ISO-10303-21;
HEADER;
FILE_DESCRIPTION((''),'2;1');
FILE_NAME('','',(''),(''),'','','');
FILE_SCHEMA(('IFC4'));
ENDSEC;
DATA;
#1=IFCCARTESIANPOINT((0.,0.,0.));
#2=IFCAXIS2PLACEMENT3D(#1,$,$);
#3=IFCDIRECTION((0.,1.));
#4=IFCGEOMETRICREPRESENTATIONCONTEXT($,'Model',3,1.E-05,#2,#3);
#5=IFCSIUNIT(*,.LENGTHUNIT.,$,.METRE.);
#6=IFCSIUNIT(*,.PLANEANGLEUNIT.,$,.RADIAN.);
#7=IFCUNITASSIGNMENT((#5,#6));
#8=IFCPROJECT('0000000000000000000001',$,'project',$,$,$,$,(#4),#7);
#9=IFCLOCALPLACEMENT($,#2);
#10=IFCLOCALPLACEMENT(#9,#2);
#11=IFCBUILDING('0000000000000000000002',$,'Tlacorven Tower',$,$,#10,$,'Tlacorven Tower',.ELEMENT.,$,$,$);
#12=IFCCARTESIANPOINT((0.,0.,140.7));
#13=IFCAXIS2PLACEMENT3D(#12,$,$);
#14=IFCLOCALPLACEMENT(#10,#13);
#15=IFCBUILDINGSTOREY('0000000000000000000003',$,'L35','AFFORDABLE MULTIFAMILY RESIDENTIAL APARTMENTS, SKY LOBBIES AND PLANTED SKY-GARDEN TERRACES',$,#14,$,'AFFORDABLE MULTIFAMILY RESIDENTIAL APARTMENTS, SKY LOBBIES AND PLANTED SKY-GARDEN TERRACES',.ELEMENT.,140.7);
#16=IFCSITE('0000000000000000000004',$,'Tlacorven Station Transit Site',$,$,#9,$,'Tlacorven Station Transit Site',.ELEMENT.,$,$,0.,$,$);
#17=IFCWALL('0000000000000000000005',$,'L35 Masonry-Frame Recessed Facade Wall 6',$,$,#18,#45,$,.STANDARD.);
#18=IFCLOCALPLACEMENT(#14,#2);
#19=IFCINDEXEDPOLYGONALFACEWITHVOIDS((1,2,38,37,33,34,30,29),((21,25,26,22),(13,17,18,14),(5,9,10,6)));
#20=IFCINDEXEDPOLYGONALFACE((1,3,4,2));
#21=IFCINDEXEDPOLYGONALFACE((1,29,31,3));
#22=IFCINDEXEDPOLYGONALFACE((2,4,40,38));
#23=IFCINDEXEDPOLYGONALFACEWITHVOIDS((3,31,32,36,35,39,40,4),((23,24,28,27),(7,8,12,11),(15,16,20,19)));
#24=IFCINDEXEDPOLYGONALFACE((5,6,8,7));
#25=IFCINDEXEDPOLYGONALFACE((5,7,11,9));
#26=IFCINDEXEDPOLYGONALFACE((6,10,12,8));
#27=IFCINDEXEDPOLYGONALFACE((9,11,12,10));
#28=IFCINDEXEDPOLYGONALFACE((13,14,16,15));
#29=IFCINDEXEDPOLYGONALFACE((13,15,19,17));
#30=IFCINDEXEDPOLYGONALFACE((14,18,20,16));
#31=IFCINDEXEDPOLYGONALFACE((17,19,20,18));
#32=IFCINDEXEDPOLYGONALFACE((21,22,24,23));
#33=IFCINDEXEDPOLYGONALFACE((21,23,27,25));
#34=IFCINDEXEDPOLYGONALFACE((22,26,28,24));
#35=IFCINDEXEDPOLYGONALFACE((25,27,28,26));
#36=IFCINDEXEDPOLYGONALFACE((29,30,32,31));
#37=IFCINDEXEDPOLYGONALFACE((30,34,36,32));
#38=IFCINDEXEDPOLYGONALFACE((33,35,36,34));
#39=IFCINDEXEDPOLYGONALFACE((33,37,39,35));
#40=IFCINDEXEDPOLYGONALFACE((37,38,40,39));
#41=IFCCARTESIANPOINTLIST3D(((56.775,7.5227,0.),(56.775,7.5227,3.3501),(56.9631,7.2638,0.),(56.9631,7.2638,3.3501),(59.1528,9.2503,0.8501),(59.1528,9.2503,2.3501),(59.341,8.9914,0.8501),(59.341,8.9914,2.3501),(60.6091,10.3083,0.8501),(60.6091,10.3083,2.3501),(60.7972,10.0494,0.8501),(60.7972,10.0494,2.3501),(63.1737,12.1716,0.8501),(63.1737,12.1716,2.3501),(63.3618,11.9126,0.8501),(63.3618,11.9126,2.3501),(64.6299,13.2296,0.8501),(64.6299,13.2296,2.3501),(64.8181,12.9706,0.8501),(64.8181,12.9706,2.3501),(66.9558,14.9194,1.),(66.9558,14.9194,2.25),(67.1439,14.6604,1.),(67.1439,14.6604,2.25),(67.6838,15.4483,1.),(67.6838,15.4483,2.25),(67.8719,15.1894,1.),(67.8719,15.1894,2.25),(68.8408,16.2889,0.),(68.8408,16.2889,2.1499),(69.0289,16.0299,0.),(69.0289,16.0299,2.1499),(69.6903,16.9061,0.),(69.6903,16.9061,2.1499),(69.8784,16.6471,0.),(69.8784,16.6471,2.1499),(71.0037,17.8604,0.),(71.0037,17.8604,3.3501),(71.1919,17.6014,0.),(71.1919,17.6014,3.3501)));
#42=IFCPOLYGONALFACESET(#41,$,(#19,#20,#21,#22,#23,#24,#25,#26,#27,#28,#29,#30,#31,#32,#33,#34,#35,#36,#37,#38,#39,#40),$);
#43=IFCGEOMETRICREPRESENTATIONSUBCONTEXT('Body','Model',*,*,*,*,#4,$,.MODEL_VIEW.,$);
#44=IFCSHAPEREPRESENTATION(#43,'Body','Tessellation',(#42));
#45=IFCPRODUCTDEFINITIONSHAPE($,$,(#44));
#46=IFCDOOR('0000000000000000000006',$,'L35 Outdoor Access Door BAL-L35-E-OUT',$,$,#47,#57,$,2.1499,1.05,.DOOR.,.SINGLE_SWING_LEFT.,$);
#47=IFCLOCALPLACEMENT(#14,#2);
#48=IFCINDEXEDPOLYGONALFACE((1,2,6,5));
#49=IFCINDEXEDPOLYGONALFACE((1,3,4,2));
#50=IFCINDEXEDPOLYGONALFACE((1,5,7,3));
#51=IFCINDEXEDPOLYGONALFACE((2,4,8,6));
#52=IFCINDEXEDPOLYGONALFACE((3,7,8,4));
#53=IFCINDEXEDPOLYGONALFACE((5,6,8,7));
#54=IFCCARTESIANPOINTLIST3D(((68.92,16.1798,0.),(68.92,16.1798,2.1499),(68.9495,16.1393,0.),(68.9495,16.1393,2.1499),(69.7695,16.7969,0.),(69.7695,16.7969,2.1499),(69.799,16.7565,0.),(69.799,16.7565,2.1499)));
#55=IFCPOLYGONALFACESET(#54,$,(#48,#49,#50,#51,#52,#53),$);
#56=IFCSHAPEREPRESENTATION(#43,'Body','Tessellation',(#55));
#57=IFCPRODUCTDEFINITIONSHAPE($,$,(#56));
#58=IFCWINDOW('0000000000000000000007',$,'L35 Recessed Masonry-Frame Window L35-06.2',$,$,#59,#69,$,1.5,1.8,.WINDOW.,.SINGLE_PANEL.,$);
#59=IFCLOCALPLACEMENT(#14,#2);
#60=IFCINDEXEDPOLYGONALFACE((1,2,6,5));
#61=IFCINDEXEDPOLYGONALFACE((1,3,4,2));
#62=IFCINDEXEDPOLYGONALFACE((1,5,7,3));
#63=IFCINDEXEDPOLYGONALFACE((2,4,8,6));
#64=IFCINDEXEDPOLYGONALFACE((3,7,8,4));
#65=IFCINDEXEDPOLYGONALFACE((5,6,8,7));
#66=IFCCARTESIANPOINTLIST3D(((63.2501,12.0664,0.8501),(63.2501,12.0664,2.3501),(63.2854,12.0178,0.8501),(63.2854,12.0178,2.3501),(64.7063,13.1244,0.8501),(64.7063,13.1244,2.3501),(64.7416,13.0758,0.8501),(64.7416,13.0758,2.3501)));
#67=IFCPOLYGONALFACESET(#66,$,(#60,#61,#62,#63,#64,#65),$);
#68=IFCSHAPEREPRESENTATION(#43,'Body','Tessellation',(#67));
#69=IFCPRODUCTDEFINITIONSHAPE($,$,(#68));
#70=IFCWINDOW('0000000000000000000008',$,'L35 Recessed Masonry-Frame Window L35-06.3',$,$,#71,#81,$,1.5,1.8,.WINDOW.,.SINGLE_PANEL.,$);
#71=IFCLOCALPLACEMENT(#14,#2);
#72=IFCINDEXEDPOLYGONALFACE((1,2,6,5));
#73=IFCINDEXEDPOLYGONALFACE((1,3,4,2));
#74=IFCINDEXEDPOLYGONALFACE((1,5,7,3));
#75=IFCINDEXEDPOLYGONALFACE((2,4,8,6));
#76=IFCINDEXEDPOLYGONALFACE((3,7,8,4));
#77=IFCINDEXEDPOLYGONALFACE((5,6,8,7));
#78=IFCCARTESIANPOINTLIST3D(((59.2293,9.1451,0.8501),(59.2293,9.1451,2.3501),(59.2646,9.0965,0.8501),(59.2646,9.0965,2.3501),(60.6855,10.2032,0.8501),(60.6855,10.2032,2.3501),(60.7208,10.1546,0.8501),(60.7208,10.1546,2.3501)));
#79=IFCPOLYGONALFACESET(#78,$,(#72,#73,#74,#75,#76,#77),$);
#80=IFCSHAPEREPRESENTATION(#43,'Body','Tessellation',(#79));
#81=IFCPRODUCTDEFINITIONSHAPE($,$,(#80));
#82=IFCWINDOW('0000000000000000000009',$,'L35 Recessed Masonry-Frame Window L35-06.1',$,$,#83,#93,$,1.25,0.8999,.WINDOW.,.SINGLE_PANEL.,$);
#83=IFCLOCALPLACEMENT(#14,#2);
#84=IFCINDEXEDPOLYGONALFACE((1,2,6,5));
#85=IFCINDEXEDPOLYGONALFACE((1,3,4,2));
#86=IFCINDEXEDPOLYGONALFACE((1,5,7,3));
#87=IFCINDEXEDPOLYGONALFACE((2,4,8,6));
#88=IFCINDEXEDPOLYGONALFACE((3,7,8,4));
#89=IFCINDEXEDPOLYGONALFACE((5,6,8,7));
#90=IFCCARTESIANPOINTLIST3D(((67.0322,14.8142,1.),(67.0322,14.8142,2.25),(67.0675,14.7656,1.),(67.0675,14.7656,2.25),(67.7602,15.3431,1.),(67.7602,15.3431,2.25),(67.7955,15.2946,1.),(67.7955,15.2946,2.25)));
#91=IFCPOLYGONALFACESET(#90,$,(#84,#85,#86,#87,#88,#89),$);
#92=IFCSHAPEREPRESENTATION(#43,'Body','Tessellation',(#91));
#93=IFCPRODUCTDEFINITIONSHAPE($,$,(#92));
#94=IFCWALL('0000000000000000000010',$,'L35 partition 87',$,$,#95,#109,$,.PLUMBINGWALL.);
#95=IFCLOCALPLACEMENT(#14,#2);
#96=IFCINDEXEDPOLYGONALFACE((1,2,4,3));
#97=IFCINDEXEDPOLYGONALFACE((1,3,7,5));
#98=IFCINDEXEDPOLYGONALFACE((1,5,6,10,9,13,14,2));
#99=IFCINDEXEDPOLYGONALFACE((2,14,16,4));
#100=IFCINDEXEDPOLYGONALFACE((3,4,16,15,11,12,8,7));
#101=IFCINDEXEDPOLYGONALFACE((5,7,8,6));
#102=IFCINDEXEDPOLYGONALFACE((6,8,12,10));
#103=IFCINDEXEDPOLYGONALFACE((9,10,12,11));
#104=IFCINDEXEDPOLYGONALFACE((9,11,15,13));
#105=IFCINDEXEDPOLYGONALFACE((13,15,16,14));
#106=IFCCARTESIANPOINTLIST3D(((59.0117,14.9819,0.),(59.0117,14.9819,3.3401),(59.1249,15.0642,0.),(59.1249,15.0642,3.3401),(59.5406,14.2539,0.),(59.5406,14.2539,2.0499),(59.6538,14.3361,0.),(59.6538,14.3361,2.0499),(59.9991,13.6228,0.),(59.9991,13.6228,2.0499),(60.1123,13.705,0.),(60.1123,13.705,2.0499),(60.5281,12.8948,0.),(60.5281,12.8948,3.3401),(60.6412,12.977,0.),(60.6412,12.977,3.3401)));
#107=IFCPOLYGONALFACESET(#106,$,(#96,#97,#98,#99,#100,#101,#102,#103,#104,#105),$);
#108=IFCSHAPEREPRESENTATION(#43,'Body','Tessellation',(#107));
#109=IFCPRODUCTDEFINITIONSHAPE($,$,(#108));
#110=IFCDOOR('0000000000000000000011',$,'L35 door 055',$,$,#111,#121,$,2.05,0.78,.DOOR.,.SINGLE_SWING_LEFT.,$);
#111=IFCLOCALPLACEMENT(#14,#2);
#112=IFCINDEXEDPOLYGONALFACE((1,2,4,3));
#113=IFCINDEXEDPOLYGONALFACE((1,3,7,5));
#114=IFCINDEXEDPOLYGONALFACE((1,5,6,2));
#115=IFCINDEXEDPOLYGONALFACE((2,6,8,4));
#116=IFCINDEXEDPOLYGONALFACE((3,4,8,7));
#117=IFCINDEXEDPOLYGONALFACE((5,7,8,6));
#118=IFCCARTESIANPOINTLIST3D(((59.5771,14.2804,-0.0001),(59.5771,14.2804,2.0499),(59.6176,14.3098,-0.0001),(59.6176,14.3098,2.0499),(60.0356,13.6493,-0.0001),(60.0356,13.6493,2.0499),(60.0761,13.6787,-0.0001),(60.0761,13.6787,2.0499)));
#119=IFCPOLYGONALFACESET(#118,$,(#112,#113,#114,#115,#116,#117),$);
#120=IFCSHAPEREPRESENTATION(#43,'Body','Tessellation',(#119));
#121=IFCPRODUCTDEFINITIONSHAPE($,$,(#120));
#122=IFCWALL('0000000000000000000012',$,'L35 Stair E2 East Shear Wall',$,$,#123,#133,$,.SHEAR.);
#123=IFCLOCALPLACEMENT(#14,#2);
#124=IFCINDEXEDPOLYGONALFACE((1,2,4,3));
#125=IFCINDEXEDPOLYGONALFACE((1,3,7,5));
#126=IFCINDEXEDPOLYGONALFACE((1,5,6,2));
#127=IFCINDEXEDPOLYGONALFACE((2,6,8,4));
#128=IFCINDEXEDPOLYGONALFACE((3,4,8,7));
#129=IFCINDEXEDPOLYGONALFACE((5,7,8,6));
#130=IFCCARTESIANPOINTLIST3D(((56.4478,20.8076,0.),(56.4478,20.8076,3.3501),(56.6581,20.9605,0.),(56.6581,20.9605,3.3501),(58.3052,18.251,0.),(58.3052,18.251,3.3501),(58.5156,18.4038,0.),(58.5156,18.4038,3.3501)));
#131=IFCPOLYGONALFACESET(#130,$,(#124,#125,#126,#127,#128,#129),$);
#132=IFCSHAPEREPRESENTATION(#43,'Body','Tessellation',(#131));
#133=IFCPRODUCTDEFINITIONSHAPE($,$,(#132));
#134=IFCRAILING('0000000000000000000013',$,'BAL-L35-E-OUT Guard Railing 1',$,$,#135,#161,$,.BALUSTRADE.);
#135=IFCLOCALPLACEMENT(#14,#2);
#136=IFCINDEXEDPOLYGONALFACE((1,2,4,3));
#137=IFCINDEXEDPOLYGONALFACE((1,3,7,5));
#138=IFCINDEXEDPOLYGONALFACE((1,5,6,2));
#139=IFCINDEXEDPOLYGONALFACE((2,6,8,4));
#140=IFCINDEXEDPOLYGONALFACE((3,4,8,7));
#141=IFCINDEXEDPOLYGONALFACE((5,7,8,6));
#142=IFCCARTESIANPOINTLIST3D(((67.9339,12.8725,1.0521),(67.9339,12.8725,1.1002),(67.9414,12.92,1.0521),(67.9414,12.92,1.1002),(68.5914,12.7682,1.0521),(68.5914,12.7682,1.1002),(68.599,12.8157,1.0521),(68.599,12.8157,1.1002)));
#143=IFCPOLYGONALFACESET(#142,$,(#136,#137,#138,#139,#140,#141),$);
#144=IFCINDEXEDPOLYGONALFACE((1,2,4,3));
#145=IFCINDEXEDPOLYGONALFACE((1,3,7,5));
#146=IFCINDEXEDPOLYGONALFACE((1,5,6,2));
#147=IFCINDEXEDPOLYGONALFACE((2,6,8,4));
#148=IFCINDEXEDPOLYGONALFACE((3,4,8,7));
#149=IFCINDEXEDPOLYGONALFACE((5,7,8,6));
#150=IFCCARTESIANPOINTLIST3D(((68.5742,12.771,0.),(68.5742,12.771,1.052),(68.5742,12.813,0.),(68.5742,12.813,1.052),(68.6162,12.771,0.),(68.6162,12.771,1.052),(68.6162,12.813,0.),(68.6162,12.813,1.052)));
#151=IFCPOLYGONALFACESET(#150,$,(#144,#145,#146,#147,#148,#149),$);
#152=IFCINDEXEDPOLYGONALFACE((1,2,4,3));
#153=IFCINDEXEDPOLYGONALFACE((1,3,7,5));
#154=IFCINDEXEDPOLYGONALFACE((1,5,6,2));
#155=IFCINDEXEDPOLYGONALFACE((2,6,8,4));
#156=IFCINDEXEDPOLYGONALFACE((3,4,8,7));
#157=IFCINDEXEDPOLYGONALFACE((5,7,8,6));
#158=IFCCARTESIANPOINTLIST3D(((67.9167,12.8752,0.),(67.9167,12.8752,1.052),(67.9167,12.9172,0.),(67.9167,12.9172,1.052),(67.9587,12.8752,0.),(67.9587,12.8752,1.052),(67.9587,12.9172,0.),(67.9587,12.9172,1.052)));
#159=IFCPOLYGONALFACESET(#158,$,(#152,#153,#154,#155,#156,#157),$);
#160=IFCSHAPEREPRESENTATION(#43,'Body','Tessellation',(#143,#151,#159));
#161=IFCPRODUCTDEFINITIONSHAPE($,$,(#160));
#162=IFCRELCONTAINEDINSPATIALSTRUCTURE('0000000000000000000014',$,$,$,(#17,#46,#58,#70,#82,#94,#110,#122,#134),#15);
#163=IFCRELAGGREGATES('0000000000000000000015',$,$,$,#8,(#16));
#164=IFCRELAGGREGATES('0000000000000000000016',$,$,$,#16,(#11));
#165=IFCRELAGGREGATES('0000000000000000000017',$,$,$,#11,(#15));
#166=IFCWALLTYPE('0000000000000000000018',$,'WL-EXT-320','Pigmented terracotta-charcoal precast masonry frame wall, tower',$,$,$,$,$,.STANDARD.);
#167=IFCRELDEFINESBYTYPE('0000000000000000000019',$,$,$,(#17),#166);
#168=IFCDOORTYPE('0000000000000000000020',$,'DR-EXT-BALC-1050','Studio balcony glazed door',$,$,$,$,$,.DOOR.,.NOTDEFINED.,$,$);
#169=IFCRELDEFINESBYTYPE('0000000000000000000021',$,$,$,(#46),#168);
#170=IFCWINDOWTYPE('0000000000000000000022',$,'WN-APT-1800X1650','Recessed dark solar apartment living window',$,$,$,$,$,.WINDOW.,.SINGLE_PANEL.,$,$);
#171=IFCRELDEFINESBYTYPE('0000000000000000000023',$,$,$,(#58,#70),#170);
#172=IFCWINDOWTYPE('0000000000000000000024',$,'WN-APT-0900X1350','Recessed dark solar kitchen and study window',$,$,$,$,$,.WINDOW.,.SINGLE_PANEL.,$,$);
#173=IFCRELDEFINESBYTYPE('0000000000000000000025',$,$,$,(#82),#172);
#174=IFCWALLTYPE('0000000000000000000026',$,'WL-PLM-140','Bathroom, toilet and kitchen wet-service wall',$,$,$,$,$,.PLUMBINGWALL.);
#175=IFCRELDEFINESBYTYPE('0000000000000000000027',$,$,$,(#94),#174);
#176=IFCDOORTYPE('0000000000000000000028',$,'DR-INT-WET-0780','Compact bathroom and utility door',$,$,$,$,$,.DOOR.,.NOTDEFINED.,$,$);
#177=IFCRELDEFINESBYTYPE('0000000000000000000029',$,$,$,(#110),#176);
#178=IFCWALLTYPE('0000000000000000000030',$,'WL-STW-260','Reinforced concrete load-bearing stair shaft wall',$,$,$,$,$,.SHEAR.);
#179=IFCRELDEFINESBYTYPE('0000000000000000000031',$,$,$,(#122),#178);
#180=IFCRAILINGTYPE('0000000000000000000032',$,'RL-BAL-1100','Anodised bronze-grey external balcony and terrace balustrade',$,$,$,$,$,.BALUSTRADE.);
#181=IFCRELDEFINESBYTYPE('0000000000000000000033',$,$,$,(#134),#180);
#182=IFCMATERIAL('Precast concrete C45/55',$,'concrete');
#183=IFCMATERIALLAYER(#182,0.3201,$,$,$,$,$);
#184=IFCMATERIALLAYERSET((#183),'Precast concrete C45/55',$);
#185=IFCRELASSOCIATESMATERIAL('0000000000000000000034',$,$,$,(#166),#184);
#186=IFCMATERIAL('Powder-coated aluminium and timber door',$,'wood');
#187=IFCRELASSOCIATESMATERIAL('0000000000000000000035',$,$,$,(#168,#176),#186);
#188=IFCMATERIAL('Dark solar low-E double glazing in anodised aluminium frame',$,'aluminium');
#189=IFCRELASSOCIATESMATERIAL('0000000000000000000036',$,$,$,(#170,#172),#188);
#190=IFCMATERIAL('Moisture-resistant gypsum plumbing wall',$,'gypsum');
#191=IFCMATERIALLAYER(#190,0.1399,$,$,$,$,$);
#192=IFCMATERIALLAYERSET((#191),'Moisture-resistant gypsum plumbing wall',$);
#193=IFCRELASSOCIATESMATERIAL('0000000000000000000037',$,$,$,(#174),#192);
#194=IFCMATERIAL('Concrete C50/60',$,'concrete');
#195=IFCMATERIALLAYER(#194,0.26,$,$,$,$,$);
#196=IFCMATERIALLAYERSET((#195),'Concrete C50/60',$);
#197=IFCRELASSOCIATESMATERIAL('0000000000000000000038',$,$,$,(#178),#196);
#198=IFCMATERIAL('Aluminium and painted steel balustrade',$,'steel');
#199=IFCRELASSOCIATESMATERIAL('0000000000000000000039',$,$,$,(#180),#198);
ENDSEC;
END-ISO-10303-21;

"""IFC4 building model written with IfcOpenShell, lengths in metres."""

from ifc_helpers import new_model, si_unit, direction, frame, frame_2d, origin, origin_2d, place, context, subcontext, project, spatial, rectangle, extrude, source, transform, mapped, material, layer, layer_set, type_object, element, fill, save


model = new_model("IFC4")

# Units and contexts
model_context = context("Model", 3, precision=1e-05, world=origin(), true_north=direction((0.0, 1.0)))
body_context = subcontext(model_context, "Body", "Model", "MODEL_VIEW")
ifc_project = project(units=[si_unit("LENGTHUNIT", "METRE"), si_unit("PLANEANGLEUNIT", "RADIAN")], contexts=[model_context])

# Site, building, storey
site_placement = place(None, origin())
site = spatial("IfcSite", under=ifc_project, at=site_placement, Name="Tlacorven Station Transit Site", LongName="Tlacorven Station Transit Site", CompositionType="ELEMENT", RefElevation=0.0)
building_placement = place(site_placement, origin())
building = spatial("IfcBuilding", under=site, at=building_placement, Name="Tlacorven Tower", LongName="Tlacorven Tower", CompositionType="ELEMENT")
storey_placement = place(building_placement, frame((0.0, 0.0, 140.7)))
storey = spatial("IfcBuildingStorey", under=building, at=storey_placement, Name="L35", Description="AFFORDABLE MULTIFAMILY RESIDENTIAL APARTMENTS, SKY LOBBIES AND PLANTED SKY-GARDEN TERRACES", LongName="AFFORDABLE MULTIFAMILY RESIDENTIAL APARTMENTS, SKY LOBBIES AND PLANTED SKY-GARDEN TERRACES", CompositionType="ELEMENT", Elevation=140.7)

# Wall, openings, door, windows
ifc_material_1 = material(Name="Precast concrete C45/55", Category="concrete")
ifc_layer_1 = layer(ifc_material_1, 0.3201)
ifc_layer_set_1 = layer_set([ifc_layer_1], Name="Precast concrete C45/55")
wall_type_1 = type_object("IfcWallType", Name="WL-EXT-320", Description="Pigmented terracotta-charcoal precast masonry frame wall, tower", PredefinedType="STANDARD", material=ifc_layer_set_1)
wall_1_placement = place(storey_placement, frame((71.0979, 17.731, 0.0), z_axis=(0.0, 0.0, 1.0), x_axis=(-0.809021, -0.58778, 0.0)))
wall_1 = element("IfcWall", 1, at=wall_1_placement, inside=storey, type_object=wall_type_1, Name="L35 Masonry-Frame Recessed Facade Wall 6", PredefinedType="STANDARD", context=body_context, shape_type="SweptSolid", body=[
    extrude(rectangle(XDim=17.5876, YDim=0.3201, at=frame_2d((8.7939, 0.0))), origin(), (0.0, 0.0, 1.0), 3.3501),
])
opening_1_placement = place(wall_1_placement, frame((1.6238, 0.0, 0.0)))
opening_1 = element("IfcOpeningElement", 2, at=opening_1_placement, cuts=wall_1, PredefinedType="OPENING", context=body_context, shape_type="SweptSolid", body=[
    extrude(rectangle(XDim=1.05, YDim=2.1499, at=frame_2d((0.5249, 1.075))), frame((0.0, 0.1699, 0.0), z_axis=(0.0, -1.0, 0.0), x_axis=(1.0, 0.0, 0.0)), (0.0, 0.0, 1.0), 0.3401),
])
opening_2_placement = place(wall_1_placement, frame((4.1038, 0.0, 1.0)))
opening_2 = element("IfcOpeningElement", 3, at=opening_2_placement, cuts=wall_1, PredefinedType="OPENING", context=body_context, shape_type="SweptSolid", body=[
    extrude(rectangle(XDim=0.8999, YDim=1.25, at=frame_2d((0.45, 0.625))), frame((0.0, 0.1699, 0.0), z_axis=(0.0, -1.0, 0.0), x_axis=(1.0, 0.0, 0.0)), (0.0, 0.0, 1.0), 0.3401),
])
opening_3_placement = place(wall_1_placement, frame((7.8787, 0.0, 0.8501)))
opening_3 = element("IfcOpeningElement", 4, at=opening_3_placement, cuts=wall_1, PredefinedType="OPENING", context=body_context, shape_type="SweptSolid", body=[
    extrude(rectangle(XDim=1.8, YDim=1.5, at=frame_2d((0.8999, 0.75))), frame((0.0, 0.1699, 0.0), z_axis=(0.0, -1.0, 0.0), x_axis=(1.0, 0.0, 0.0)), (0.0, 0.0, 1.0), 0.3401),
])
opening_4_placement = place(wall_1_placement, frame((12.8486, 0.0, 0.8501)))
opening_4 = element("IfcOpeningElement", 5, at=opening_4_placement, cuts=wall_1, PredefinedType="OPENING", context=body_context, shape_type="SweptSolid", body=[
    extrude(rectangle(XDim=1.8, YDim=1.5, at=frame_2d((0.8999, 0.75))), frame((0.0, 0.1699, 0.0), z_axis=(0.0, -1.0, 0.0), x_axis=(1.0, 0.0, 0.0)), (0.0, 0.0, 1.0), 0.3401),
])
ifc_material_2 = material(Name="Powder-coated aluminium and timber door", Category="wood")
door_type_1 = type_object("IfcDoorType", Name="DR-EXT-BALC-1050", Description="Studio balcony glazed door", OperationType="NOTDEFINED", PredefinedType="DOOR", material=ifc_material_2)
shared_shape_1 = source(origin(), body_context, "Body", "SweptSolid", [
    extrude(rectangle(XDim=1.05, YDim=2.1499, at=frame_2d((0.5249, 1.075))), frame((0.0, 0.0249, 0.0), z_axis=(0.0, -1.0, 0.0), x_axis=(1.0, 0.0, 0.0)), (0.0, 0.0, 1.0), 0.05),
])
door_1_placement = place(opening_1_placement, origin())
door_1 = element("IfcDoor", 6, at=door_1_placement, inside=storey, type_object=door_type_1, Name="L35 Outdoor Access Door BAL-L35-E-OUT", OperationType="SINGLE_SWING_LEFT", OverallHeight=2.1499, OverallWidth=1.05, PredefinedType="DOOR", context=body_context, shape_type="MappedRepresentation", body=[
    mapped(shared_shape_1, transform((0.0, 0.0, 0.0), scale=1.0)),
])
fill(opening_1, door_1)
ifc_material_3 = material(Name="Dark solar low-E double glazing in anodised aluminium frame", Category="aluminium")
window_type_1 = type_object("IfcWindowType", Name="WN-APT-1800X1650", Description="Recessed dark solar apartment living window", PartitioningType="SINGLE_PANEL", PredefinedType="WINDOW", material=ifc_material_3)
shared_shape_2 = source(origin(), body_context, "Body", "SweptSolid", [
    extrude(rectangle(XDim=1.8, YDim=1.5, at=frame_2d((0.8999, 0.75))), frame((0.0, 0.03, 0.0), z_axis=(0.0, -1.0, 0.0), x_axis=(1.0, 0.0, 0.0)), (0.0, 0.0, 1.0), 0.0601),
])
window_1_placement = place(opening_3_placement, origin())
window_1 = element("IfcWindow", 7, at=window_1_placement, inside=storey, type_object=window_type_1, Name="L35 Recessed Masonry-Frame Window L35-06.2", OverallHeight=1.5, OverallWidth=1.8, PartitioningType="SINGLE_PANEL", PredefinedType="WINDOW", context=body_context, shape_type="MappedRepresentation", body=[
    mapped(shared_shape_2, transform((0.0, 0.0, 0.0), scale=1.0)),
])
fill(opening_3, window_1)
window_2_placement = place(opening_4_placement, origin())
window_2 = element("IfcWindow", 8, at=window_2_placement, inside=storey, type_object=window_type_1, Name="L35 Recessed Masonry-Frame Window L35-06.3", OverallHeight=1.5, OverallWidth=1.8, PartitioningType="SINGLE_PANEL", PredefinedType="WINDOW", context=body_context, shape_type="MappedRepresentation", body=[
    mapped(shared_shape_2, transform((0.0, 0.0, 0.0), scale=1.0)),
])
fill(opening_4, window_2)
window_type_2 = type_object("IfcWindowType", Name="WN-APT-0900X1350", Description="Recessed dark solar kitchen and study window", PartitioningType="SINGLE_PANEL", PredefinedType="WINDOW", material=ifc_material_3)
shared_shape_3 = source(origin(), body_context, "Body", "SweptSolid", [
    extrude(rectangle(XDim=0.8999, YDim=1.25, at=frame_2d((0.45, 0.625))), frame((0.0, 0.03, 0.0), z_axis=(0.0, -1.0, 0.0), x_axis=(1.0, 0.0, 0.0)), (0.0, 0.0, 1.0), 0.0601),
])
window_3_placement = place(opening_2_placement, origin())
window_3 = element("IfcWindow", 9, at=window_3_placement, inside=storey, type_object=window_type_2, Name="L35 Recessed Masonry-Frame Window L35-06.1", OverallHeight=1.25, OverallWidth=0.8999, PartitioningType="SINGLE_PANEL", PredefinedType="WINDOW", context=body_context, shape_type="MappedRepresentation", body=[
    mapped(shared_shape_3, transform((0.0, 0.0, 0.0), scale=1.0)),
])
fill(opening_2, window_3)

# Wall, opening, door
ifc_material_4 = material(Name="Moisture-resistant gypsum plumbing wall", Category="gypsum")
ifc_layer_2 = layer(ifc_material_4, 0.1399)
ifc_layer_set_2 = layer_set([ifc_layer_2], Name="Moisture-resistant gypsum plumbing wall")
wall_type_2 = type_object("IfcWallType", Name="WL-PLM-140", Description="Bathroom, toilet and kitchen wet-service wall", PredefinedType="PLUMBINGWALL", material=ifc_layer_set_2)
wall_2_placement = place(storey_placement, frame((60.5847, 12.9358, 0.0), z_axis=(0.0, 0.0, 1.0), x_axis=(-0.587772, 0.809027, 0.0)))
wall_2 = element("IfcWall", 10, at=wall_2_placement, inside=storey, type_object=wall_type_2, Name="L35 partition 87", PredefinedType="PLUMBINGWALL", context=body_context, shape_type="SweptSolid", body=[
    extrude(rectangle(XDim=2.5798, YDim=0.1399, at=frame_2d((1.29, 0.0))), origin(), (0.0, 0.0, 1.0), 3.3401),
])
opening_5_placement = place(wall_2_placement, frame((0.8999, 0.0, 0.0)))
opening_5 = element("IfcOpeningElement", 11, at=opening_5_placement, cuts=wall_2, PredefinedType="OPENING", context=body_context, shape_type="SweptSolid", body=[
    extrude(rectangle(XDim=0.78, YDim=2.05, at=frame_2d((0.3901, 1.0249))), frame((0.0, 0.0801, 0.0), z_axis=(0.0, -1.0, 0.0), x_axis=(1.0, 0.0, 0.0)), (0.0, 0.0, 1.0), 0.1599),
])
door_type_2 = type_object("IfcDoorType", Name="DR-INT-WET-0780", Description="Compact bathroom and utility door", OperationType="NOTDEFINED", PredefinedType="DOOR", material=ifc_material_2)
shared_shape_4 = source(origin(), body_context, "Body", "SweptSolid", [
    extrude(rectangle(XDim=0.78, YDim=2.05, at=frame_2d((0.3901, 1.0249))), frame((0.0, 0.0249, 0.0), z_axis=(0.0, -1.0, 0.0), x_axis=(1.0, 0.0, 0.0)), (0.0, 0.0, 1.0), 0.05),
])
door_2_placement = place(opening_5_placement, origin())
door_2 = element("IfcDoor", 12, at=door_2_placement, inside=storey, type_object=door_type_2, Name="L35 door 055", OperationType="SINGLE_SWING_LEFT", OverallHeight=2.05, OverallWidth=0.78, PredefinedType="DOOR", context=body_context, shape_type="MappedRepresentation", body=[
    mapped(shared_shape_4, transform((0.0, 0.0, 0.0), scale=1.0)),
])
fill(opening_5, door_2)

# Wall
ifc_material_5 = material(Name="Concrete C50/60", Category="concrete")
ifc_layer_3 = layer(ifc_material_5, 0.26)
ifc_layer_set_3 = layer_set([ifc_layer_3], Name="Concrete C50/60")
wall_type_3 = type_object("IfcWallType", Name="WL-STW-260", Description="Reinforced concrete load-bearing stair shaft wall", PredefinedType="SHEAR", material=ifc_layer_set_3)
wall_3_placement = place(storey_placement, frame((58.4104, 18.3274, 0.0), z_axis=(0.0, 0.0, 1.0), x_axis=(-0.587767, 0.80903, 0.0)))
element("IfcWall", 13, at=wall_3_placement, inside=storey, type_object=wall_type_3, Name="L35 Stair E2 East Shear Wall", PredefinedType="SHEAR", context=body_context, shape_type="SweptSolid", body=[
    extrude(rectangle(XDim=3.1602, YDim=0.26, at=frame_2d((1.5801, 0.0))), origin(), (0.0, 0.0, 1.0), 3.3501),
])

# Railing
ifc_material_6 = material(Name="Aluminium and painted steel balustrade", Category="steel")
railing_type_1 = type_object("IfcRailingType", Name="RL-BAL-1100", Description="Anodised bronze-grey external balcony and terrace balustrade", PredefinedType="BALUSTRADE", material=ifc_material_6)
shared_shape_5 = source(origin(), body_context, "Body", "SweptSolid", [
    extrude(rectangle(XDim=0.0481, YDim=0.0481, at=origin_2d()), frame((0.0, 0.0, 1.0762), z_axis=(-0.987662, 0.156603, 0.0), x_axis=(-0.156603, -0.987662, 0.0)), (0.0, 0.0, 1.0), 0.6658),
    extrude(rectangle(XDim=0.042, YDim=0.042, at=origin_2d()), origin(), (0.0, 0.0, 1.0), 1.052),
    extrude(rectangle(XDim=0.042, YDim=0.042, at=origin_2d()), frame((-0.6575, 0.1042, 0.0)), (0.0, 0.0, 1.0), 1.052),
])
railing_1_placement = place(storey_placement, frame((68.5952, 12.792, 0.0)))
element("IfcRailing", 14, at=railing_1_placement, inside=storey, type_object=railing_type_1, Name="BAL-L35-E-OUT Guard Railing 1", PredefinedType="BALUSTRADE", context=body_context, shape_type="MappedRepresentation", body=[
    mapped(shared_shape_5, transform((0.0, 0.0, 0.0), scale=1.0)),
])

save(model, "model.ifc")
